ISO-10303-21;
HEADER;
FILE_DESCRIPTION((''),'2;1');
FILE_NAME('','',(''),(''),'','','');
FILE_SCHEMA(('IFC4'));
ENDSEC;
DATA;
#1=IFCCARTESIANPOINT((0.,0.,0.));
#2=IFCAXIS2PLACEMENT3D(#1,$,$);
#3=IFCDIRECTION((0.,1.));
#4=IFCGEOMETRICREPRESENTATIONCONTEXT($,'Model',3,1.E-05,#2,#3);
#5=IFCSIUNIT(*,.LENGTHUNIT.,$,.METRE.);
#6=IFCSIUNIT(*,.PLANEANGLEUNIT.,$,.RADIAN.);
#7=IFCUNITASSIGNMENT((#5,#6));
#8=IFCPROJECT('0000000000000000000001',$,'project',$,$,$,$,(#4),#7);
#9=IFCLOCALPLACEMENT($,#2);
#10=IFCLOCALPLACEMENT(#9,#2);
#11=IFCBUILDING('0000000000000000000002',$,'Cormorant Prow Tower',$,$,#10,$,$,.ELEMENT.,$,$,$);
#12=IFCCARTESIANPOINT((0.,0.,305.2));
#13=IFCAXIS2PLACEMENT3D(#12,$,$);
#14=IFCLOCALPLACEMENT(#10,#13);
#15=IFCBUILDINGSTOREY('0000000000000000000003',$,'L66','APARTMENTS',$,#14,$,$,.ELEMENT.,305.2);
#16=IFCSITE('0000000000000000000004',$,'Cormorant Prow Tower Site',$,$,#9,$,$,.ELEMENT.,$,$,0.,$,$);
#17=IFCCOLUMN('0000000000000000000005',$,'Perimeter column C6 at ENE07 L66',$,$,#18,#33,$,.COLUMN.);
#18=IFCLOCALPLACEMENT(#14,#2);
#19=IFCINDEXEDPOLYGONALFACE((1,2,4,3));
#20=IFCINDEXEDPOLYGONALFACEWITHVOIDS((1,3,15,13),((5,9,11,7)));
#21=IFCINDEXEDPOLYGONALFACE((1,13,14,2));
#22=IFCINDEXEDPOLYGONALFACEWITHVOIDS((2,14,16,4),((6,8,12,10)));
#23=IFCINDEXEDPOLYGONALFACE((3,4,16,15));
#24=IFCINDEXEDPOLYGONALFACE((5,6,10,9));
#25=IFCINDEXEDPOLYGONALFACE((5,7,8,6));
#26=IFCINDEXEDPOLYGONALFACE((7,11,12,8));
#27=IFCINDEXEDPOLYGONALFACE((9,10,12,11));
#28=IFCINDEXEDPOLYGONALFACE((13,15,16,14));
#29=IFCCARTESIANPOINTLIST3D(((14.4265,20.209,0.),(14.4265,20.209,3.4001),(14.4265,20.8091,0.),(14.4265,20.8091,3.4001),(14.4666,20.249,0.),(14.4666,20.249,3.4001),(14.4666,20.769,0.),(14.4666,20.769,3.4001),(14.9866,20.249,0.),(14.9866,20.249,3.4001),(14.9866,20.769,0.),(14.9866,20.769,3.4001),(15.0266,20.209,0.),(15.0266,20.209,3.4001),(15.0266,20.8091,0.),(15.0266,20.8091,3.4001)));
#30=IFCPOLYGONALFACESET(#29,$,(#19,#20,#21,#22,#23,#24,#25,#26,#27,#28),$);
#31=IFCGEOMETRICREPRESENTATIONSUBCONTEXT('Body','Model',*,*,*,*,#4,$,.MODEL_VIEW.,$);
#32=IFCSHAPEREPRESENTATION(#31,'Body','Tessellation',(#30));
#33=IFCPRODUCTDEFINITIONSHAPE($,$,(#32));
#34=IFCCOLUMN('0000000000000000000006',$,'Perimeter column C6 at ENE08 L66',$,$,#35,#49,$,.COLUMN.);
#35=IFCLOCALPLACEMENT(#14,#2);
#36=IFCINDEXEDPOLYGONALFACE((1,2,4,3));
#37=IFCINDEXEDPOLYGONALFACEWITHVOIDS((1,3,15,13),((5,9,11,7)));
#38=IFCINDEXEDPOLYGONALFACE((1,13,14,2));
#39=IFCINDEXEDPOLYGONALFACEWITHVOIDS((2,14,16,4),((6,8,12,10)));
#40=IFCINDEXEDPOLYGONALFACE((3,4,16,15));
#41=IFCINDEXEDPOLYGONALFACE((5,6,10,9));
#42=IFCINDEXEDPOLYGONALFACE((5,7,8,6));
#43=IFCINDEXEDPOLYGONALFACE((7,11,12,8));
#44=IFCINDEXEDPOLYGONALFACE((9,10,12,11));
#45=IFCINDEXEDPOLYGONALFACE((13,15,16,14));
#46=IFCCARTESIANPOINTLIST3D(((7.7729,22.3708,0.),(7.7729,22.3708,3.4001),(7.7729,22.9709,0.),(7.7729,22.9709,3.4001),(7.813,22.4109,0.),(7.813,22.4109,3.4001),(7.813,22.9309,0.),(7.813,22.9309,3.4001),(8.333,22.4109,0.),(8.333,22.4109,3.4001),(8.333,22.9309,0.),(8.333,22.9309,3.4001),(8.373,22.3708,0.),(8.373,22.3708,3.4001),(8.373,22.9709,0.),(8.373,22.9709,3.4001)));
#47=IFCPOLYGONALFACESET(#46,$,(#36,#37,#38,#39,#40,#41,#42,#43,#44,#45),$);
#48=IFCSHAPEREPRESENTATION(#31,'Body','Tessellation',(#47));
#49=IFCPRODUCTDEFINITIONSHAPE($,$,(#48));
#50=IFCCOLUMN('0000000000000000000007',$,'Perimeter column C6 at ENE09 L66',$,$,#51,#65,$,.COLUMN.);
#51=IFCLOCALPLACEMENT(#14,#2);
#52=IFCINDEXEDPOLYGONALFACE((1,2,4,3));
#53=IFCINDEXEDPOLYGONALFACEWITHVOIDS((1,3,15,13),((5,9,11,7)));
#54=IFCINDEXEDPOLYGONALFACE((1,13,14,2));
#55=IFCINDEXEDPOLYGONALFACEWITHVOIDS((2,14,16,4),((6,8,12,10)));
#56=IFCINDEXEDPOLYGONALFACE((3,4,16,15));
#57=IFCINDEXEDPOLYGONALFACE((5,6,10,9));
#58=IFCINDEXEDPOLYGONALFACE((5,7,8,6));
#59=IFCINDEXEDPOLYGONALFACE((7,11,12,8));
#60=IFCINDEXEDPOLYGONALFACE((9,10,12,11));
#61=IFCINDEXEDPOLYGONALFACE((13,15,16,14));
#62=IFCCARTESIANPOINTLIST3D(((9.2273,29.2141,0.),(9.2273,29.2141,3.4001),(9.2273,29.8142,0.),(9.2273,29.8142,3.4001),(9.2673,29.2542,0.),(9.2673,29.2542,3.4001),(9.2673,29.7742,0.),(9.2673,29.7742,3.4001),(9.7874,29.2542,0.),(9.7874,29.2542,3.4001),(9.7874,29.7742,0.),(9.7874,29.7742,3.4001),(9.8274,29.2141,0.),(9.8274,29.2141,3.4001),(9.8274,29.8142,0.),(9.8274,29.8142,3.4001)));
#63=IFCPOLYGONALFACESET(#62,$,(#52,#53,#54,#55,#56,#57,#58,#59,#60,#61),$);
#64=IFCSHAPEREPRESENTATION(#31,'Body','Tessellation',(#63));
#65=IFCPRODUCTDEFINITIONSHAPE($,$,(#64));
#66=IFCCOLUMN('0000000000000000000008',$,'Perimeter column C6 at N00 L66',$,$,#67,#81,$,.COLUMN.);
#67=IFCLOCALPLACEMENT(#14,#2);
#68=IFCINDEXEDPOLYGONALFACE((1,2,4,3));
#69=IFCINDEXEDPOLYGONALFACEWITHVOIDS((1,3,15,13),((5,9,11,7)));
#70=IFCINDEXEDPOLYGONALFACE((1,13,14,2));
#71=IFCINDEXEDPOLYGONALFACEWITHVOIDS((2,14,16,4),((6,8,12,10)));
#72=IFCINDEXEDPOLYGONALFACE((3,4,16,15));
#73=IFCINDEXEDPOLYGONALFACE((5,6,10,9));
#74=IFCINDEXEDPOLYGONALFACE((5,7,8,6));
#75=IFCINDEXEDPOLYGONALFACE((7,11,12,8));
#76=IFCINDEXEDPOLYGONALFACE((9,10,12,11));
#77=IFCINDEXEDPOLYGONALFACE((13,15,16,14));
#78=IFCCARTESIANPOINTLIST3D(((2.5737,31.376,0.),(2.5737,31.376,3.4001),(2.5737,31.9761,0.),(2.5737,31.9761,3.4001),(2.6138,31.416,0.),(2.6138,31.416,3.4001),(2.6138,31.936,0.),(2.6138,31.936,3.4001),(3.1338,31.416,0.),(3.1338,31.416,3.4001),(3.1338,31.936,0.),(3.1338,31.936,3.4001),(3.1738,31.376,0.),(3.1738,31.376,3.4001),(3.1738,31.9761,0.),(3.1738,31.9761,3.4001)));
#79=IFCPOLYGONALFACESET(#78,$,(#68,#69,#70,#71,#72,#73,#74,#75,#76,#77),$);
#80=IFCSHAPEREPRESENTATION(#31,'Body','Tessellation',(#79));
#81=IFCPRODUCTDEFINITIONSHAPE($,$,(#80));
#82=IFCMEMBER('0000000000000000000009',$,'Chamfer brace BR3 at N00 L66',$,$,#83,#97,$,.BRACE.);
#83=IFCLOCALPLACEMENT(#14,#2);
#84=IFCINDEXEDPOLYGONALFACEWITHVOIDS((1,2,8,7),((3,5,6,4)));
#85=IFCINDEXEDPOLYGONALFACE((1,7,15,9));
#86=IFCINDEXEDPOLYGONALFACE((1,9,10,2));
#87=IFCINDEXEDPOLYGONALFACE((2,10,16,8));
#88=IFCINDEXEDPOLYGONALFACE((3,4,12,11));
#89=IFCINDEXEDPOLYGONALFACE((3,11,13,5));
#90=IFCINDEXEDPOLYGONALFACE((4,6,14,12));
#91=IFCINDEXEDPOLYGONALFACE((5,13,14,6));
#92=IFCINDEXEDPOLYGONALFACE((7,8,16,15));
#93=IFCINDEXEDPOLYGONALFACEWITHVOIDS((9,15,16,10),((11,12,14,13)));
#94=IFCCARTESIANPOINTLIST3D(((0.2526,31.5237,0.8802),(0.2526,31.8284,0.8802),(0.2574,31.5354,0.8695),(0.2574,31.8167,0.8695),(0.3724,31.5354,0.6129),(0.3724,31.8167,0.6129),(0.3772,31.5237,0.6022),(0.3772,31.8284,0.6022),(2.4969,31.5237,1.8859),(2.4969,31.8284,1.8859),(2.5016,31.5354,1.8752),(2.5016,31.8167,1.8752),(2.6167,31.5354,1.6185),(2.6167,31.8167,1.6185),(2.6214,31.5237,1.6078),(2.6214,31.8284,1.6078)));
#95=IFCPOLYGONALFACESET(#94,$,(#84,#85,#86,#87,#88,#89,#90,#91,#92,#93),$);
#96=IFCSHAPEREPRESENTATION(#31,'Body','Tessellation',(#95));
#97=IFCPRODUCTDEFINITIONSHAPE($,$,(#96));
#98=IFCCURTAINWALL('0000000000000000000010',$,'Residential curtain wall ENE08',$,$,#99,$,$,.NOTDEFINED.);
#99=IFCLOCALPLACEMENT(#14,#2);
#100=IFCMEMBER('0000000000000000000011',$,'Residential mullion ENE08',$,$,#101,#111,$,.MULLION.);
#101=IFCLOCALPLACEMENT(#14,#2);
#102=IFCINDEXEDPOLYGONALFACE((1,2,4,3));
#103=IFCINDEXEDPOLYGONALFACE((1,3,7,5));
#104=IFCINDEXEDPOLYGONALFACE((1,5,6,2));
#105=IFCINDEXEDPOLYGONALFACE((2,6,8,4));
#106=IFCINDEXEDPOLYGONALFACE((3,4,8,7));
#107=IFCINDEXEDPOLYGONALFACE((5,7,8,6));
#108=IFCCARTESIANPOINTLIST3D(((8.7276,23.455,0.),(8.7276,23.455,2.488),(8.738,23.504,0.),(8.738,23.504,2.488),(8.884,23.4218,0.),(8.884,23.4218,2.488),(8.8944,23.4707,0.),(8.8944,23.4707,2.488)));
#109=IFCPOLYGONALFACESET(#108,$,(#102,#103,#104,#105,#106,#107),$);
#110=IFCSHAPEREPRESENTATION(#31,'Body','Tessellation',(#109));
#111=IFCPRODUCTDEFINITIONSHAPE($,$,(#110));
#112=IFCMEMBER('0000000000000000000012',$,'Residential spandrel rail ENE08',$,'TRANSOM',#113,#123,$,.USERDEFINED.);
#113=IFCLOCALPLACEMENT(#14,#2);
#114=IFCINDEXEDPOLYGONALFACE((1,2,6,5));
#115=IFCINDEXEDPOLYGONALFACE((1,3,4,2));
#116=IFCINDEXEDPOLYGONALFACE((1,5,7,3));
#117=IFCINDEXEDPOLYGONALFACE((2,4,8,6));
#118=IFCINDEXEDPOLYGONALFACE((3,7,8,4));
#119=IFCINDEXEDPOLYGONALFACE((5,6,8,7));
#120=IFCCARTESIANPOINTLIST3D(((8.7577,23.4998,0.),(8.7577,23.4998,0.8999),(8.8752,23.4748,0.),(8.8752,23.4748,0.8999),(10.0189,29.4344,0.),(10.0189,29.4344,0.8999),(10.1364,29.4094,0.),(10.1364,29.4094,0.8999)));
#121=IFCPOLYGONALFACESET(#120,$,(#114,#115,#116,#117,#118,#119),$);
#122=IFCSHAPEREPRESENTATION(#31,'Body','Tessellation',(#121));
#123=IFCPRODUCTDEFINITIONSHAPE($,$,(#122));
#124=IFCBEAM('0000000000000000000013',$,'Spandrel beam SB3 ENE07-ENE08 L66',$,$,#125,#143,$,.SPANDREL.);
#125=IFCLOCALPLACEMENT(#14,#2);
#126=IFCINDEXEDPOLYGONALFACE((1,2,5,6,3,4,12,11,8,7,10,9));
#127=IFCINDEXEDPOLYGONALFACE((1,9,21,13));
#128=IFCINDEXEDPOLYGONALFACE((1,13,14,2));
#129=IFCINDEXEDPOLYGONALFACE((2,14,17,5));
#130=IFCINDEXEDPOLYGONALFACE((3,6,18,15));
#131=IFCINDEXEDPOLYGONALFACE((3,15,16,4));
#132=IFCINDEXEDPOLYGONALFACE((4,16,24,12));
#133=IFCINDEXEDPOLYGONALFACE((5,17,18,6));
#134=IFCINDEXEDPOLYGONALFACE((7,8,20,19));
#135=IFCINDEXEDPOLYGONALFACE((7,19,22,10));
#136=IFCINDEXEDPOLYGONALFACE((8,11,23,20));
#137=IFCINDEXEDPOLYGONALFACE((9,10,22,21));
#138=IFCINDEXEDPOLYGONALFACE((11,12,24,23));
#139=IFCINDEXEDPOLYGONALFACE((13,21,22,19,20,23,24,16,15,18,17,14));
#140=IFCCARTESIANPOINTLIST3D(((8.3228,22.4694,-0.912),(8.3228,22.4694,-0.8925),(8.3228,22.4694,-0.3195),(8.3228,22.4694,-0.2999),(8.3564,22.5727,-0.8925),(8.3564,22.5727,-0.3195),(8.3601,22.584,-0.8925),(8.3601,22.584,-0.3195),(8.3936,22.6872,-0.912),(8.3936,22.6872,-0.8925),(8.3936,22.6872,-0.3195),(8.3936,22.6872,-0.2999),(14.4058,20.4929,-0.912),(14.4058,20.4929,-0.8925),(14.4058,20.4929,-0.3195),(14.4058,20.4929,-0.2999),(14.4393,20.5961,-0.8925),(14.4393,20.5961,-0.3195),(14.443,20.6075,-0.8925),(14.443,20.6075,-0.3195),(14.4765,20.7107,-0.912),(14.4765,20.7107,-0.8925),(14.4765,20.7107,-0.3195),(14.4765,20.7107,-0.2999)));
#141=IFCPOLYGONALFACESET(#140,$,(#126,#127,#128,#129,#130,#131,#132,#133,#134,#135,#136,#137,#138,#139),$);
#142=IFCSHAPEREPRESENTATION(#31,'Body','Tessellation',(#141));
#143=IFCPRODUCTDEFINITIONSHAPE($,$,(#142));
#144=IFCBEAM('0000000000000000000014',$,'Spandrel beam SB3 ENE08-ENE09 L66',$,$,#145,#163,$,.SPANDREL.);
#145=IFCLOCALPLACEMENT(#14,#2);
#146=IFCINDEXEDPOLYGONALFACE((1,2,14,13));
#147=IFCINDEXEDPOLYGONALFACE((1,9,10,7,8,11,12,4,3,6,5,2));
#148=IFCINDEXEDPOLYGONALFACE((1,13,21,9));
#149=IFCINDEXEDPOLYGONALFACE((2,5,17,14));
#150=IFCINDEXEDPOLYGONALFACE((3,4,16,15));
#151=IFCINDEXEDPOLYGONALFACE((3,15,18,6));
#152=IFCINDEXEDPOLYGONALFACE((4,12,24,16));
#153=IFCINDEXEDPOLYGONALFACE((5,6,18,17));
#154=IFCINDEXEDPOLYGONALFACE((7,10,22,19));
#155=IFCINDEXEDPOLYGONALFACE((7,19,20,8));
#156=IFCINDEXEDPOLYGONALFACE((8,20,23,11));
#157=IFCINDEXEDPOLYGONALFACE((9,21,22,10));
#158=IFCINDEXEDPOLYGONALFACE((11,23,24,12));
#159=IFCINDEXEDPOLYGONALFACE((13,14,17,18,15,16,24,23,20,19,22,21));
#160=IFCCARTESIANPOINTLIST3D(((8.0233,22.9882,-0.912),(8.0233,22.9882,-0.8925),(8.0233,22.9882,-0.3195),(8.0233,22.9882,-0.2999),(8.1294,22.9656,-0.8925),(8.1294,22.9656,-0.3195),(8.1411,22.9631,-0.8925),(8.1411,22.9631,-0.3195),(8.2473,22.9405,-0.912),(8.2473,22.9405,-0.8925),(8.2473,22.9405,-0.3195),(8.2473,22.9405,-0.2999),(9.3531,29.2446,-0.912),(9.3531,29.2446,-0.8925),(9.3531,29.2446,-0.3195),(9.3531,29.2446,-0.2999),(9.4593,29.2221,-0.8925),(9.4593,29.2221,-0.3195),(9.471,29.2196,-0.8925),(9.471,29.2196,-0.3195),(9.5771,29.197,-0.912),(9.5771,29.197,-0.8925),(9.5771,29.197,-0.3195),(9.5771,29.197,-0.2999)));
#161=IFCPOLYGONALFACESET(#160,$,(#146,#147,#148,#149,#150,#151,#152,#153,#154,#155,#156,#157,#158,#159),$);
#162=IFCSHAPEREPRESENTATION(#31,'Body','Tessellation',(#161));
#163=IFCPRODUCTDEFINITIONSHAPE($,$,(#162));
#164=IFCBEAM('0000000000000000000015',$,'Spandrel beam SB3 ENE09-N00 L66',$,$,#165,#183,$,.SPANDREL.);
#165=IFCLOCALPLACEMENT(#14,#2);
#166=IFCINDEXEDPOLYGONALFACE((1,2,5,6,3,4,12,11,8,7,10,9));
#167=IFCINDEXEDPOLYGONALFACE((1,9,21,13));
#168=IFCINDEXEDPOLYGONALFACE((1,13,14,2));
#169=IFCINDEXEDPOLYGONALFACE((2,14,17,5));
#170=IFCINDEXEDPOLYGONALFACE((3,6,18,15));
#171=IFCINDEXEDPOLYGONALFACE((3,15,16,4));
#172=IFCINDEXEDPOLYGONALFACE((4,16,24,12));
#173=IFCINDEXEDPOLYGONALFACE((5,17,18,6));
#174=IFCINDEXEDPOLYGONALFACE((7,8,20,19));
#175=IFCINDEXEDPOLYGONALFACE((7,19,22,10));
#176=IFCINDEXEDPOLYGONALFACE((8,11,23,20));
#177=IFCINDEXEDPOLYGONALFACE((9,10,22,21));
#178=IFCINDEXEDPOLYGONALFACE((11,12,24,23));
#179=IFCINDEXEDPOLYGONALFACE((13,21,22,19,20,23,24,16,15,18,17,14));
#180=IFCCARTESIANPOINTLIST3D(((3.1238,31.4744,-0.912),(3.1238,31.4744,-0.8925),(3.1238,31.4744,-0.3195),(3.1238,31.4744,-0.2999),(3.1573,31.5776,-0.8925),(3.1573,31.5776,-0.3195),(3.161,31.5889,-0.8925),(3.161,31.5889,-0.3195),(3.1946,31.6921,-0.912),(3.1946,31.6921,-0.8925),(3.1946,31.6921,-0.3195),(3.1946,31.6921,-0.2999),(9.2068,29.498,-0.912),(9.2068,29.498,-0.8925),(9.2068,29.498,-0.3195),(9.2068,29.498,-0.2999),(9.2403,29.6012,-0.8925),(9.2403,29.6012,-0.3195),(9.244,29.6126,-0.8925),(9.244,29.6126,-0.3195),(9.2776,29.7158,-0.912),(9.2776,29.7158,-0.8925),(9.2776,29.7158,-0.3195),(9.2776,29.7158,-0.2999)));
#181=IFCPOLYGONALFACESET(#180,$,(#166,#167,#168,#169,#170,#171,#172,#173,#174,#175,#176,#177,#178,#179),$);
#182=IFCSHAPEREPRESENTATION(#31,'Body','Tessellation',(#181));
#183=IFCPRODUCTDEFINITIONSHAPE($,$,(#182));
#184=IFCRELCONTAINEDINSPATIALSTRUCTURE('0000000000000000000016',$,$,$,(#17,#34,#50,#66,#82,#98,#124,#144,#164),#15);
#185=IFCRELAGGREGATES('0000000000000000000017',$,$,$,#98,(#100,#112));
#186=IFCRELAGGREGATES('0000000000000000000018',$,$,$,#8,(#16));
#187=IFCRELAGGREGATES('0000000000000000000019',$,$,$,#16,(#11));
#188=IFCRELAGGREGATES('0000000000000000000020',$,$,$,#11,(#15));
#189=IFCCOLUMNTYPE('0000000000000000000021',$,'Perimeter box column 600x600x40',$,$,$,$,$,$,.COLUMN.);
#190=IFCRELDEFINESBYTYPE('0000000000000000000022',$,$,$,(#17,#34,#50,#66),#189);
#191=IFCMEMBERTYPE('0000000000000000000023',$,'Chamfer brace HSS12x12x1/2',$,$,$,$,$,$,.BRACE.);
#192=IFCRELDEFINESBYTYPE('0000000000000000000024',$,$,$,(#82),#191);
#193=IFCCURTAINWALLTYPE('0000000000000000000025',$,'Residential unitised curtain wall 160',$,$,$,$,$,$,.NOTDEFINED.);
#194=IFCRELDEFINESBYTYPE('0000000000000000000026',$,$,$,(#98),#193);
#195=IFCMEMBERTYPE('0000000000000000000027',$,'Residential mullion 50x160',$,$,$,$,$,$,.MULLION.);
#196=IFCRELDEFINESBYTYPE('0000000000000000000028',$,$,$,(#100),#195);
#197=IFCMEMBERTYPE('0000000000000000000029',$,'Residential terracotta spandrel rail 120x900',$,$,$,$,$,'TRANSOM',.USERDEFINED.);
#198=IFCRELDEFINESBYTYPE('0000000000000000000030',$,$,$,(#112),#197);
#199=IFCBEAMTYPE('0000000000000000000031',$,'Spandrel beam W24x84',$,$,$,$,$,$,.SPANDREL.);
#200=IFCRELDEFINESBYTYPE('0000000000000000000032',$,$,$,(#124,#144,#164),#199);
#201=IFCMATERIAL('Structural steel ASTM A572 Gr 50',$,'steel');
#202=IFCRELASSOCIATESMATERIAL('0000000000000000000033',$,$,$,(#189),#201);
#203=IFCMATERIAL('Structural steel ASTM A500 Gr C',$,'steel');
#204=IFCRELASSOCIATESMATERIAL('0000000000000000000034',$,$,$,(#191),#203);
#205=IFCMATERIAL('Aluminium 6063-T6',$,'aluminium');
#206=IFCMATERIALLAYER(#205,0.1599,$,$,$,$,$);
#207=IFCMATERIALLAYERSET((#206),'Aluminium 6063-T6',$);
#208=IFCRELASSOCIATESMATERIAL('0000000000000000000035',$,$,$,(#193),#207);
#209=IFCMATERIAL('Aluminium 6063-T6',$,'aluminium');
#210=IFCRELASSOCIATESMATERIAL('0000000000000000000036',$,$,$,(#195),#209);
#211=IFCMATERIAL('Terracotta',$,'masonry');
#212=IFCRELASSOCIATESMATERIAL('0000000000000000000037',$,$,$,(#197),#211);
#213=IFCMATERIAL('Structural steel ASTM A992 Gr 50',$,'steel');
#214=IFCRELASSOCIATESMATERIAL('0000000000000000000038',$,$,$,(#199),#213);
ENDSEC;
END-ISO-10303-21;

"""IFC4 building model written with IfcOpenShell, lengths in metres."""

from ifc_helpers import new_model, si_unit, direction, frame, origin, origin_2d, place, context, subcontext, project, spatial, rectangle, hollow_rectangle, i_section, extrude, material, layer, layer_set, material_profile, profile_set, type_object, element, aggregate, save


model = new_model("IFC4")

# Units and contexts
model_context = context("Model", 3, precision=1e-05, world=origin(), true_north=direction((0.0, 1.0)))
body_context = subcontext(model_context, "Body", "Model", "MODEL_VIEW")
ifc_project = project(units=[si_unit("LENGTHUNIT", "METRE"), si_unit("PLANEANGLEUNIT", "RADIAN")], contexts=[model_context])

# Site, building, storey
site_placement = place(None, origin())
site = spatial("IfcSite", under=ifc_project, at=site_placement, Name="Cormorant Prow Tower Site", CompositionType="ELEMENT", RefElevation=0.0)
building_placement = place(site_placement, origin())
building = spatial("IfcBuilding", under=site, at=building_placement, Name="Cormorant Prow Tower", CompositionType="ELEMENT")
storey_placement = place(building_placement, frame((0.0, 0.0, 305.2)))
storey = spatial("IfcBuildingStorey", under=building, at=storey_placement, Name="L66", Description="APARTMENTS", CompositionType="ELEMENT", Elevation=305.2)

# Columns
ifc_material_1 = material(Name="Structural steel ASTM A572 Gr 50", Category="steel")
ifc_material_profile_1 = material_profile(ifc_material_1, hollow_rectangle(XDim=0.6001, YDim=0.6001, WallThickness=0.04, at=origin_2d()), Name="Box 600x600x40")
ifc_profile_set_1 = profile_set([ifc_material_profile_1], Name="Structural steel ASTM A572 Gr 50")
column_type = type_object("IfcColumnType", Name="Perimeter box column 600x600x40", PredefinedType="COLUMN", material=ifc_profile_set_1)
for number, where, z_axis, x_axis, name in (
    (1, (14.7266, 20.509, 0.0), (0.0, 0.0, 1.0), (1.0, 0.0, 0.0), "Perimeter column C6 at ENE07 L66"),
    (2, (8.073, 22.6709, 0.0), (0.0, 0.0, 1.0), (1.0, 0.0, 0.0), "Perimeter column C6 at ENE08 L66"),
    (3, (9.5273, 29.5142, 0.0), (0.0, 0.0, 1.0), (1.0, 0.0, 0.0), "Perimeter column C6 at ENE09 L66"),
    (4, (2.8738, 31.676, 0.0), (0.0, 0.0, 1.0), (1.0, 0.0, 0.0), "Perimeter column C6 at N00 L66"),
):
    element("IfcColumn", number, at=place(storey_placement, frame(where, z_axis=z_axis, x_axis=x_axis)), inside=storey, type_object=column_type, Name=name, PredefinedType="COLUMN", context=body_context, shape_type="SweptSolid", body=[
        extrude(hollow_rectangle(XDim=0.6001, YDim=0.6001, WallThickness=0.04, at=origin_2d()), origin(), (0.0, 0.0, 1.0), 3.4001),
    ])

# Member
ifc_material_2 = material(Name="Structural steel ASTM A500 Gr C", Category="steel")
ifc_material_profile_2 = material_profile(ifc_material_2, hollow_rectangle(XDim=0.3047, YDim=0.3047, WallThickness=0.0117, at=origin_2d()), Name="HSS12x12x1/2")
ifc_profile_set_2 = profile_set([ifc_material_profile_2], Name="Structural steel ASTM A500 Gr C")
member_type_1 = type_object("IfcMemberType", Name="Chamfer brace HSS12x12x1/2", PredefinedType="BRACE", material=ifc_profile_set_2)
member_1_placement = place(storey_placement, frame((0.3149, 31.676, 0.7412), z_axis=(0.912567, 0.0, 0.408928), x_axis=(0.0, 1.0, 0.0)))
element("IfcMember", 5, at=member_1_placement, inside=storey, type_object=member_type_1, Name="Chamfer brace BR3 at N00 L66", PredefinedType="BRACE", context=body_context, shape_type="SweptSolid", body=[
    extrude(hollow_rectangle(XDim=0.3047, YDim=0.3047, WallThickness=0.0117, at=origin_2d()), origin(), (0.0, 0.0, 1.0), 2.4592),
])

# Curtain wall, members
ifc_material_3 = material(Name="Aluminium 6063-T6", Category="aluminium")
ifc_layer_1 = layer(ifc_material_3, 0.1599)
ifc_layer_set_1 = layer_set([ifc_layer_1], Name="Aluminium 6063-T6")
curtain_wall_type = type_object("IfcCurtainWallType", Name="Residential unitised curtain wall 160", PredefinedType="NOTDEFINED", material=ifc_layer_set_1)
curtain_wall_1_placement = place(storey_placement, origin())
curtain_wall_1 = element("IfcCurtainWall", 6, at=curtain_wall_1_placement, inside=storey, type_object=curtain_wall_type, Name="Residential curtain wall ENE08", PredefinedType="NOTDEFINED")
ifc_material_4 = material(Name="Aluminium 6063-T6", Category="aluminium")
ifc_material_profile_3 = material_profile(ifc_material_4, rectangle(XDim=0.1599, YDim=0.05, at=origin_2d()), Name="Residential mullion 50x160")
ifc_profile_set_3 = profile_set([ifc_material_profile_3], Name="Aluminium 6063-T6")
member_type_2 = type_object("IfcMemberType", Name="Residential mullion 50x160", PredefinedType="MULLION", material=ifc_profile_set_3)
member_2_placement = place(storey_placement, frame((8.811, 23.4629, 0.0), z_axis=(0.0, 0.0, 1.0), x_axis=(-0.978148, 0.207912, 0.0)))
member_2 = element("IfcMember", 7, at=member_2_placement, type_object=member_type_2, Name="Residential mullion ENE08", PredefinedType="MULLION", context=body_context, shape_type="SweptSolid", body=[
    extrude(rectangle(XDim=0.1599, YDim=0.05, at=origin_2d()), origin(), (0.0, 0.0, 1.0), 2.488),
])
ifc_material_5 = material(Name="Terracotta", Category="masonry")
ifc_material_profile_4 = material_profile(ifc_material_5, rectangle(XDim=0.1201, YDim=0.8999, at=origin_2d()), Name="Residential terracotta spandrel rail 120x900")
ifc_profile_set_4 = profile_set([ifc_material_profile_4], Name="Terracotta")
member_type_3 = type_object("IfcMemberType", Name="Residential terracotta spandrel rail 120x900", ElementType="TRANSOM", PredefinedType="USERDEFINED", material=ifc_profile_set_4)
member_3_placement = place(storey_placement, frame((8.8164, 23.4873, 0.45), z_axis=(0.20788, 0.978154, 0.0), x_axis=(-0.978154, 0.20788, 0.0)))
member_3 = element("IfcMember", 8, at=member_3_placement, type_object=member_type_3, Name="Residential spandrel rail ENE08", ObjectType="TRANSOM", PredefinedType="USERDEFINED", context=body_context, shape_type="SweptSolid", body=[
    extrude(rectangle(XDim=0.1201, YDim=0.8999, at=origin_2d()), origin(), (0.0, 0.0, 1.0), 6.0671),
])

# Beams
ifc_material_6 = material(Name="Structural steel ASTM A992 Gr 50", Category="steel")
ifc_material_profile_5 = material_profile(ifc_material_6, i_section(OverallWidth=0.229, OverallDepth=0.6121, WebThickness=0.012, FlangeThickness=0.0195, at=origin_2d()), Name="W24x84")
ifc_profile_set_5 = profile_set([ifc_material_profile_5], Name="Structural steel ASTM A992 Gr 50")
beam_type = type_object("IfcBeamType", Name="Spandrel beam W24x84", PredefinedType="SPANDREL", material=ifc_profile_set_5)
beam_1_placement = place(storey_placement, frame((14.4412, 20.6018, -0.606), z_axis=(-0.951053, 0.309027, 0.0), x_axis=(-0.309027, -0.951053, 0.0)))
element("IfcBeam", 9, at=beam_1_placement, inside=storey, type_object=beam_type, Name="Spandrel beam SB3 ENE07-ENE08 L66", PredefinedType="SPANDREL", context=body_context, shape_type="SweptSolid", body=[
    extrude(i_section(OverallWidth=0.229, OverallDepth=0.6121, WebThickness=0.012, FlangeThickness=0.0195, at=origin_2d()), origin(), (0.0, 0.0, 1.0), 6.396),
])
beam_2_placement = place(storey_placement, frame((8.1353, 22.9644, -0.606), z_axis=(0.207913, 0.978147, 0.0), x_axis=(-0.978147, 0.207913, 0.0)))
element("IfcBeam", 10, at=beam_2_placement, inside=storey, type_object=beam_type, Name="Spandrel beam SB3 ENE08-ENE09 L66", PredefinedType="SPANDREL", context=body_context, shape_type="SweptSolid", body=[
    extrude(i_section(OverallWidth=0.229, OverallDepth=0.6121, WebThickness=0.012, FlangeThickness=0.0195, at=origin_2d()), origin(), (0.0, 0.0, 1.0), 6.3962),
])
beam_3_placement = place(storey_placement, frame((9.2422, 29.6069, -0.606), z_axis=(-0.951064, 0.308993, 0.0), x_axis=(-0.308993, -0.951064, 0.0)))
element("IfcBeam", 11, at=beam_3_placement, inside=storey, type_object=beam_type, Name="Spandrel beam SB3 ENE09-N00 L66", PredefinedType="SPANDREL", context=body_context, shape_type="SweptSolid", body=[
    extrude(i_section(OverallWidth=0.229, OverallDepth=0.6121, WebThickness=0.012, FlangeThickness=0.0195, at=origin_2d()), origin(), (0.0, 0.0, 1.0), 6.396),
])

aggregate(curtain_wall_1, [member_2, member_3])

save(model, "model.ifc")
